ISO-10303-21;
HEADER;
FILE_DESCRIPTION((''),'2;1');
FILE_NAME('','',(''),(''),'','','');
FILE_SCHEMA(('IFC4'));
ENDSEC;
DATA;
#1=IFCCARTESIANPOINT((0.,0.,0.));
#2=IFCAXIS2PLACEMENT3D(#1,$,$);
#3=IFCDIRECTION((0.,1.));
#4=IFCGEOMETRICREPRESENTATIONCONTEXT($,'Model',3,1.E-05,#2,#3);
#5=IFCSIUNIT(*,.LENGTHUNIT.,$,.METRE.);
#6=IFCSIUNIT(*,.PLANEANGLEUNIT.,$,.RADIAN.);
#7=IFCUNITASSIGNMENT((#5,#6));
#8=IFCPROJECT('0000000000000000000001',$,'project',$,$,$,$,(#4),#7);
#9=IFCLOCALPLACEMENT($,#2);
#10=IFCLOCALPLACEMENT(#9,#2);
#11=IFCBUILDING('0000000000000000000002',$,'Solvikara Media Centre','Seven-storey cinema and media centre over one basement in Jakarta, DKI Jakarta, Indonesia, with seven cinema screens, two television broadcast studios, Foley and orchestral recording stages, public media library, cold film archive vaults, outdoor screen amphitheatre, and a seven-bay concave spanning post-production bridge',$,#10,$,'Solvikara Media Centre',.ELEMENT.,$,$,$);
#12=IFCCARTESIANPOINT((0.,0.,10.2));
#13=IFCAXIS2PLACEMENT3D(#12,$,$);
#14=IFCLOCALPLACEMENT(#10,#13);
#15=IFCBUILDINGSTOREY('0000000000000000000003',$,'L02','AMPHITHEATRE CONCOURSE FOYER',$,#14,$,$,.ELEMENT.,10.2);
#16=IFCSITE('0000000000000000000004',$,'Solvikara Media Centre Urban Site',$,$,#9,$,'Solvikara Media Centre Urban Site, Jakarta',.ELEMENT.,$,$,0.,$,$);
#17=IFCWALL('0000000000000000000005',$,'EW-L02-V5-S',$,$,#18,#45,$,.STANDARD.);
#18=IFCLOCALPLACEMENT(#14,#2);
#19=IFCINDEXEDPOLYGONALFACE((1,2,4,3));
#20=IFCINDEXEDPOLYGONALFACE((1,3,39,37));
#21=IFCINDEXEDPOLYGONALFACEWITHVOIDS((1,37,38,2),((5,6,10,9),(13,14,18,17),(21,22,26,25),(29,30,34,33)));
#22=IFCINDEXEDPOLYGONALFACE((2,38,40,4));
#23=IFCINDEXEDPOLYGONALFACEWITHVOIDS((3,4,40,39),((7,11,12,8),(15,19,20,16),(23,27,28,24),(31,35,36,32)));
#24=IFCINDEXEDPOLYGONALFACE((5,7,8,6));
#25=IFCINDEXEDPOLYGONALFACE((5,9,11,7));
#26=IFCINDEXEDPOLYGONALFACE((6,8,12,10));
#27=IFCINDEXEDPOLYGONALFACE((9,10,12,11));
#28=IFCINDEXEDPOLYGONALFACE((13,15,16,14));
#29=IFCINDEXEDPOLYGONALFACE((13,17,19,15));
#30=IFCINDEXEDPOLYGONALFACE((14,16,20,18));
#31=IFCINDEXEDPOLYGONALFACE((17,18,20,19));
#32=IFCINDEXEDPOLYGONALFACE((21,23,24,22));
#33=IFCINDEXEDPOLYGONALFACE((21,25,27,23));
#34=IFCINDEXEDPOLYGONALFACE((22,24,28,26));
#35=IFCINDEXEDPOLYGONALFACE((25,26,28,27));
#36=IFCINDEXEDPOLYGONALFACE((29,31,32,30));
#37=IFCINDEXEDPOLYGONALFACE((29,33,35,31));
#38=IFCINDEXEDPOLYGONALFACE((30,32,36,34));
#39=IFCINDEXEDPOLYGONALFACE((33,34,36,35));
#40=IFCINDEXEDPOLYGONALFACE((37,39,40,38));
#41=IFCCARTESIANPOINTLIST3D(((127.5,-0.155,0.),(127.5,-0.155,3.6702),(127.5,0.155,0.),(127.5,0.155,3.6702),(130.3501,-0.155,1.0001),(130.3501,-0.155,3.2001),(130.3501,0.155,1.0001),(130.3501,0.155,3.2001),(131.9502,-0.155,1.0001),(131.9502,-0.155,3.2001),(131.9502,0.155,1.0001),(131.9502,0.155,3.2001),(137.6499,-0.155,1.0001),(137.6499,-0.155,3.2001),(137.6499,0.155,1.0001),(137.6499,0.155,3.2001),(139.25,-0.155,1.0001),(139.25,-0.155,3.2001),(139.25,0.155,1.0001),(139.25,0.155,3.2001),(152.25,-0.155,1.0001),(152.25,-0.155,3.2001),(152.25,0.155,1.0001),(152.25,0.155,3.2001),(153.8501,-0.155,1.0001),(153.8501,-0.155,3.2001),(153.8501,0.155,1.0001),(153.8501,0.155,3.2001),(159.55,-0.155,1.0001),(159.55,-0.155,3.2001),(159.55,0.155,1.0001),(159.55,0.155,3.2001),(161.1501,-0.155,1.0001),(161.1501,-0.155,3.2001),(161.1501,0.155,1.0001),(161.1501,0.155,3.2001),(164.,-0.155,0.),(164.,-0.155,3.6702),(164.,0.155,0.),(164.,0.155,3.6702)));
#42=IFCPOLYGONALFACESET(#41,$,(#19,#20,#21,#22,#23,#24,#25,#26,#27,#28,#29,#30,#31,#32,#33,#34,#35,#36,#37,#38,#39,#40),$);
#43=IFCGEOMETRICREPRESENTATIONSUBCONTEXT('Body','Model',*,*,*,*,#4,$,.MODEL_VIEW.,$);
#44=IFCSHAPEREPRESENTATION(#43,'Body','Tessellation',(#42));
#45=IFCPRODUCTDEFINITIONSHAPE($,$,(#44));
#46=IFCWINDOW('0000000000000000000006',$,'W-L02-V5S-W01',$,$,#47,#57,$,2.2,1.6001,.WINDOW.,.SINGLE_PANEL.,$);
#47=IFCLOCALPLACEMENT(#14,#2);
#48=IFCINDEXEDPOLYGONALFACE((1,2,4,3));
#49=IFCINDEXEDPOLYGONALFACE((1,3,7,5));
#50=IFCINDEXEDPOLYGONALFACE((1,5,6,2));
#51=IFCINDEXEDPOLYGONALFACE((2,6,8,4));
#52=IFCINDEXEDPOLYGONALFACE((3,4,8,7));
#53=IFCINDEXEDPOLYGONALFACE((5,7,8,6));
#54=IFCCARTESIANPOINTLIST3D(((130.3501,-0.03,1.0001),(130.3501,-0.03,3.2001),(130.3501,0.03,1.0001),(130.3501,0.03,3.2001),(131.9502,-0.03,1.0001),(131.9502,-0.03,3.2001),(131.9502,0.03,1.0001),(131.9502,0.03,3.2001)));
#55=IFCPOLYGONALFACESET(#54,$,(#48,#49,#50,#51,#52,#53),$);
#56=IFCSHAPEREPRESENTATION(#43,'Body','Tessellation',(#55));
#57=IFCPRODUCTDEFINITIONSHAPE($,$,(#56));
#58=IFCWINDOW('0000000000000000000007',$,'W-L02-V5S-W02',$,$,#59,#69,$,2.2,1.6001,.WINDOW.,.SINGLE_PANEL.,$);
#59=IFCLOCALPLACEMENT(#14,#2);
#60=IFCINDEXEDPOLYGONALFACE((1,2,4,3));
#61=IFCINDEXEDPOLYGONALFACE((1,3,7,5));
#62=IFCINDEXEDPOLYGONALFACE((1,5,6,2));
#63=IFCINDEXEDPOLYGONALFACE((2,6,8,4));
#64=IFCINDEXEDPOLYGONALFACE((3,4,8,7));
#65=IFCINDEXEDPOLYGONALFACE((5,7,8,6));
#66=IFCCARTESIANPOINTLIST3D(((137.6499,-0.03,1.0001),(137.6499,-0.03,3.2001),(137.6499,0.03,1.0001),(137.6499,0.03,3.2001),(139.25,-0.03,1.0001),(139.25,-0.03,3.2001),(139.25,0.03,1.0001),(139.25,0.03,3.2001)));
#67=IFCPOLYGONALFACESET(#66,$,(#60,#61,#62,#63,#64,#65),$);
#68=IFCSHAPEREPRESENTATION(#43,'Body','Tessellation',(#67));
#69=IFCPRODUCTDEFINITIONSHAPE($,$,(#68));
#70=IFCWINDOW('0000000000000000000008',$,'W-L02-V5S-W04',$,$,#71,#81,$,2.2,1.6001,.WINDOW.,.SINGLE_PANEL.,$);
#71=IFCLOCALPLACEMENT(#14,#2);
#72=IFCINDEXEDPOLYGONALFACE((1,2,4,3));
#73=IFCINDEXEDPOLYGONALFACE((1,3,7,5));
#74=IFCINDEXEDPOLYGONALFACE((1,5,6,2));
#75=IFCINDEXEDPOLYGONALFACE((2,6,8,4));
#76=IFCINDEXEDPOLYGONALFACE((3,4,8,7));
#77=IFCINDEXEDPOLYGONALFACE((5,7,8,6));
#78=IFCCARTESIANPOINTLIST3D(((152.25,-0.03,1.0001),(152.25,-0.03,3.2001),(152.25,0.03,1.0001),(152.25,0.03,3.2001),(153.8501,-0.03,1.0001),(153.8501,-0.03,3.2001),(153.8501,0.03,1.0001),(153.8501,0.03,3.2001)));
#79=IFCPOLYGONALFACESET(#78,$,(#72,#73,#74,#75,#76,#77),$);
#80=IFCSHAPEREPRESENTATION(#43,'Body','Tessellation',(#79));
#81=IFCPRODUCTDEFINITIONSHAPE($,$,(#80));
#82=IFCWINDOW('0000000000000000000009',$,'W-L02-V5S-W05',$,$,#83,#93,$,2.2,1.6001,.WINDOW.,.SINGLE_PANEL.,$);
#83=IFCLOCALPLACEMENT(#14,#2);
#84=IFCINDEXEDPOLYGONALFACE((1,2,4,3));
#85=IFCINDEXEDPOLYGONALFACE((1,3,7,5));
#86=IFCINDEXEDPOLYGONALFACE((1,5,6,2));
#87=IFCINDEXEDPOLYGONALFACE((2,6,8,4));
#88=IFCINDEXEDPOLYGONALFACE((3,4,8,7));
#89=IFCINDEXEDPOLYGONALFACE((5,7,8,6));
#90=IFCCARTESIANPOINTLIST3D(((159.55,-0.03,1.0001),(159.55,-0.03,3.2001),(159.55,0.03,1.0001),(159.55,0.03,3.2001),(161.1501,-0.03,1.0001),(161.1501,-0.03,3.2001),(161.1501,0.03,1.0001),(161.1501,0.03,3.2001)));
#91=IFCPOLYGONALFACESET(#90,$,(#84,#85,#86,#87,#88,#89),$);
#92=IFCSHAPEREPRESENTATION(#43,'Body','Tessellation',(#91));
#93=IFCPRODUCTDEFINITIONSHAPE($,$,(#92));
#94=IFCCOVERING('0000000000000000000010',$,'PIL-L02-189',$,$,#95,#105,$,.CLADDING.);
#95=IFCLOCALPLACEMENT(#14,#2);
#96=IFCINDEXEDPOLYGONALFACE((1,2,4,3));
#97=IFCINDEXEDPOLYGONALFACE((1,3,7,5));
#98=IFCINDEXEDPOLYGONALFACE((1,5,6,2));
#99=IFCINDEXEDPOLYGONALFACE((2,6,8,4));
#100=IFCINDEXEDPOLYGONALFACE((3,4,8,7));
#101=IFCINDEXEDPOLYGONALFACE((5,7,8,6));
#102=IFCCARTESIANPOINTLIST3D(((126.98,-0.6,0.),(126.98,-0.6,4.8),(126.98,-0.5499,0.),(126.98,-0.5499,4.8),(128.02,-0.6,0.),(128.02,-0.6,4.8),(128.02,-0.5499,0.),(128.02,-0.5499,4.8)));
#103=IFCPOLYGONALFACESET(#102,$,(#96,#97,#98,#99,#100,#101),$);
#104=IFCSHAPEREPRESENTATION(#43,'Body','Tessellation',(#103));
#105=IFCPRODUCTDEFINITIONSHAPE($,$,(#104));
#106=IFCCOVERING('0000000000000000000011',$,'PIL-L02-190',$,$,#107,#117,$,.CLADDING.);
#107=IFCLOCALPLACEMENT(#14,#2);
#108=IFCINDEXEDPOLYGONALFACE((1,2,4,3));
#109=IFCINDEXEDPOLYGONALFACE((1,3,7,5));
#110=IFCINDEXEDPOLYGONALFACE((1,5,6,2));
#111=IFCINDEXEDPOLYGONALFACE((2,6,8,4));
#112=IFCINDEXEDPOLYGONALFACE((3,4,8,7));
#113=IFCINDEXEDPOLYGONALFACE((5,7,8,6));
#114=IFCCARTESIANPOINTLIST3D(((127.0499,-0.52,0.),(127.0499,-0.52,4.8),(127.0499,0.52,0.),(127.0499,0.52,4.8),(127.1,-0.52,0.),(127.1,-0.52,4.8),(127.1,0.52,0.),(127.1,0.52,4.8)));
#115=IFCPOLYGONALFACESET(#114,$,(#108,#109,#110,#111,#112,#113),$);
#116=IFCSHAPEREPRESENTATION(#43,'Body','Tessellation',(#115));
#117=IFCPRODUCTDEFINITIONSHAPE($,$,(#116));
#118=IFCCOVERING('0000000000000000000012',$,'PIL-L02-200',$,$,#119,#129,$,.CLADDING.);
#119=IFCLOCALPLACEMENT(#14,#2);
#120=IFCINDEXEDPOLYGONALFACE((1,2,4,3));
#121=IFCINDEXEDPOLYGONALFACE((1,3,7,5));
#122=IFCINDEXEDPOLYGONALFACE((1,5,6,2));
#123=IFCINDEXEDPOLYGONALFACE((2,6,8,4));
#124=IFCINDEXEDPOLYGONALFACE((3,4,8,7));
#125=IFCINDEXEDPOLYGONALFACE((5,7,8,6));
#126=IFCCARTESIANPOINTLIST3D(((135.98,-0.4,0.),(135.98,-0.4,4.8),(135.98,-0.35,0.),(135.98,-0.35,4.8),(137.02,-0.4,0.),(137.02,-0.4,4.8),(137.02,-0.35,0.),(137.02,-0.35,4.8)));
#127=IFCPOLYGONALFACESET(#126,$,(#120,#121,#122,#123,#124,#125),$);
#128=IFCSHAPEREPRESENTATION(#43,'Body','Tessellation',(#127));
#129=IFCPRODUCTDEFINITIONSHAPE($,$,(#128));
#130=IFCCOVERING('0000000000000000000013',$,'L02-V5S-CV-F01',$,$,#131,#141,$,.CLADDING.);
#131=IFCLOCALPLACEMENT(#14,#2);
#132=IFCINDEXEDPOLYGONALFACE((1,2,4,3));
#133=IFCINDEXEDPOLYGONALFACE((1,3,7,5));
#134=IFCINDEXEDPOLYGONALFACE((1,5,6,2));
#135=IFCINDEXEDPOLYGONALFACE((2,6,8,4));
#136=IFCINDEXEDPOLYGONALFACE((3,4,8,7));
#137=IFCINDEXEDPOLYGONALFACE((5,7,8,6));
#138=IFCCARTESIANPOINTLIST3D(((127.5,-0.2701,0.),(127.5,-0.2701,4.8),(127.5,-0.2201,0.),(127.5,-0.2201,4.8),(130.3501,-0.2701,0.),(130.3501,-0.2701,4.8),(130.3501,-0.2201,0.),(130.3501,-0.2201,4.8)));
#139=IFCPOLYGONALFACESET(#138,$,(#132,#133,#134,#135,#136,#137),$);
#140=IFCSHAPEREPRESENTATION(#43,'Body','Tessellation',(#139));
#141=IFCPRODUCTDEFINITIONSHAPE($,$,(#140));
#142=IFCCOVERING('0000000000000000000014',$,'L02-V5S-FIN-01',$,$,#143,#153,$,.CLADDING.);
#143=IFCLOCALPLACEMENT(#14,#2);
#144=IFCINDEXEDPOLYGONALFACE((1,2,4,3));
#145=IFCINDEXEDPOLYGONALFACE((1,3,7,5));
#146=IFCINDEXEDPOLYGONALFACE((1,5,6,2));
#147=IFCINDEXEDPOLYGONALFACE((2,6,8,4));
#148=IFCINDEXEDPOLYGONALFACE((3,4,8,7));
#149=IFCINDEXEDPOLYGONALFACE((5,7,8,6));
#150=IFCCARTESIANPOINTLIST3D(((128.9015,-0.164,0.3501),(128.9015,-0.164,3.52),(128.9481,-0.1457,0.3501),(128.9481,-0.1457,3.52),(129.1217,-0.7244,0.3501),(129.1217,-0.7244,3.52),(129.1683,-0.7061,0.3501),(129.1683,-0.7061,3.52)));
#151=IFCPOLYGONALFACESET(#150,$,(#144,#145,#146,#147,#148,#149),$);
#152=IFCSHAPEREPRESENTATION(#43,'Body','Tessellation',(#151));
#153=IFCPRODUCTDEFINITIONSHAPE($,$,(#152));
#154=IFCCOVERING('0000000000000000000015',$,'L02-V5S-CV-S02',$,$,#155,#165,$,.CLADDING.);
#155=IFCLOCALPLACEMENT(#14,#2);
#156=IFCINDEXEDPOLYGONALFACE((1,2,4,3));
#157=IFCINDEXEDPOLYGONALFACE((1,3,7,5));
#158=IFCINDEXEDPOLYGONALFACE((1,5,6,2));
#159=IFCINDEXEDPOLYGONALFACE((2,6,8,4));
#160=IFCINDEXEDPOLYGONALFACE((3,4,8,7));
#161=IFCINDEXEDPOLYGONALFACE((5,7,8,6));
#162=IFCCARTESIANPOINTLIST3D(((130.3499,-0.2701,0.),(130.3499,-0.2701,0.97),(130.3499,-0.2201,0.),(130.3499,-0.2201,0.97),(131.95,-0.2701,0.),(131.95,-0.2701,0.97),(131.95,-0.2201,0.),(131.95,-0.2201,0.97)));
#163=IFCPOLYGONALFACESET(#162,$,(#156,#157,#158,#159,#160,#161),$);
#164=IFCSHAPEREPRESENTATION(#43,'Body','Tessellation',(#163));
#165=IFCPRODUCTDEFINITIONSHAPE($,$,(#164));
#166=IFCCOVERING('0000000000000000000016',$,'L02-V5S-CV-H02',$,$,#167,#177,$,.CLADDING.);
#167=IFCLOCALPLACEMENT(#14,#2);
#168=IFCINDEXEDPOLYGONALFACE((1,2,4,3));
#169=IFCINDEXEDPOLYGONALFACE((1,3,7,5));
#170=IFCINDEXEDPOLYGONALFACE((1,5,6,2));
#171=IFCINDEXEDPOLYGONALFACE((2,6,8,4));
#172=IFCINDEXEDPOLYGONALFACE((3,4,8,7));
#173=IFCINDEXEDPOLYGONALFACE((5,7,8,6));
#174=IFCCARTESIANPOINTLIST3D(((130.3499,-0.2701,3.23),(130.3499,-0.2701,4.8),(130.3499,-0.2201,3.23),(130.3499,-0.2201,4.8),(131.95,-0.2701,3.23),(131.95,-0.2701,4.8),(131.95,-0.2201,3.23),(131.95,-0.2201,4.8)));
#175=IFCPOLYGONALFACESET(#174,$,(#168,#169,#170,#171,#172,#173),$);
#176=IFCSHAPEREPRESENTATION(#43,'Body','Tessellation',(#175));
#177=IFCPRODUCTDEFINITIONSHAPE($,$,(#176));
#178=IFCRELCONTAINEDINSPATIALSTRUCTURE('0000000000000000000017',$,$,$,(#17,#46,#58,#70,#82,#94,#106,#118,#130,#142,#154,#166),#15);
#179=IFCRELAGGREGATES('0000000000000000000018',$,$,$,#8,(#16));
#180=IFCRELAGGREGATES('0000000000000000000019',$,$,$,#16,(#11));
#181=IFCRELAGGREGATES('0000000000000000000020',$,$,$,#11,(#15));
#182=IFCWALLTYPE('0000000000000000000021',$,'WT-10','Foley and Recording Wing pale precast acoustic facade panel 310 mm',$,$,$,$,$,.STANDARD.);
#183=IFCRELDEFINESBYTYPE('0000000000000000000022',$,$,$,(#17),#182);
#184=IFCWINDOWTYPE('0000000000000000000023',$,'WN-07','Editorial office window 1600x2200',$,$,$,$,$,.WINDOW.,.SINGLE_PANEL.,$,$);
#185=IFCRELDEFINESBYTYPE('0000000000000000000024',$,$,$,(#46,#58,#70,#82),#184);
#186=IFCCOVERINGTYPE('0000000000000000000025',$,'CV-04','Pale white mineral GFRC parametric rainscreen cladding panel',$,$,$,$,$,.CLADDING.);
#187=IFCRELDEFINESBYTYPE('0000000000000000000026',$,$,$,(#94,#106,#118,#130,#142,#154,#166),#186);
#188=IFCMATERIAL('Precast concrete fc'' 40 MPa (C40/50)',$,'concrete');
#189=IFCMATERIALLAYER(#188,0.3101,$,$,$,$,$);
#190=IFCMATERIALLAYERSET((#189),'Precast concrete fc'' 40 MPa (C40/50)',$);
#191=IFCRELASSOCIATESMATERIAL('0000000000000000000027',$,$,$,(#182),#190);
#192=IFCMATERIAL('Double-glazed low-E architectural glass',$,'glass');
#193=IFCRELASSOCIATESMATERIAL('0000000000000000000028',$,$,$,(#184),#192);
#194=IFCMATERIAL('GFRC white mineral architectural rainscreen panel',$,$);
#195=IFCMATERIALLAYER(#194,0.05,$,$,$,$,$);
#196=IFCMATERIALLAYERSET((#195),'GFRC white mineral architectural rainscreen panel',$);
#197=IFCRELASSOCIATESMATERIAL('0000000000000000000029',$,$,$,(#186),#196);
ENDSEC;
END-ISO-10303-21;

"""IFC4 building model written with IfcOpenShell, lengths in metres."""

from ifc_helpers import new_model, si_unit, direction, frame, frame_2d, origin, origin_2d, place, context, subcontext, project, spatial, rectangle, extrude, material, layer, layer_set, type_object, element, fill, save


model = new_model("IFC4")

# Units and contexts
model_context = context("Model", 3, precision=1e-05, world=origin(), true_north=direction((0.0, 1.0)))
body_context = subcontext(model_context, "Body", "Model", "MODEL_VIEW")
ifc_project = project(units=[si_unit("LENGTHUNIT", "METRE"), si_unit("PLANEANGLEUNIT", "RADIAN")], contexts=[model_context])

# Site, building, storey
site_placement = place(None, origin())
site = spatial("IfcSite", under=ifc_project, at=site_placement, Name="Solvikara Media Centre Urban Site", LongName="Solvikara Media Centre Urban Site, Jakarta", CompositionType="ELEMENT", RefElevation=0.0)
building_placement = place(site_placement, origin())
building = spatial("IfcBuilding", under=site, at=building_placement, Name="Solvikara Media Centre", Description="Seven-storey cinema and media centre over one basement in Jakarta, DKI Jakarta, Indonesia, with seven cinema screens, two television broadcast studios, Foley and orchestral recording stages, public media library, cold film archive vaults, outdoor screen amphitheatre, and a seven-bay concave spanning post-production bridge", LongName="Solvikara Media Centre", CompositionType="ELEMENT")
storey_placement = place(building_placement, frame((0.0, 0.0, 10.2)))
storey = spatial("IfcBuildingStorey", under=building, at=storey_placement, Name="L02", Description="AMPHITHEATRE CONCOURSE FOYER", CompositionType="ELEMENT", Elevation=10.2)

# Wall, openings, windows
ifc_material_1 = material(Name="Precast concrete fc' 40 MPa (C40/50)", Category="concrete")
ifc_layer_1 = layer(ifc_material_1, 0.3101)
ifc_layer_set_1 = layer_set([ifc_layer_1], Name="Precast concrete fc' 40 MPa (C40/50)")
wall_type = type_object("IfcWallType", Name="WT-10", Description="Foley and Recording Wing pale precast acoustic facade panel 310 mm", PredefinedType="STANDARD", material=ifc_layer_set_1)
wall_placement = place(storey_placement, frame((127.5, 0.0, 0.0), z_axis=(0.0, 0.0, 1.0), x_axis=(1.0, 0.0, 0.0)))
wall = element("IfcWall", 1, at=wall_placement, inside=storey, type_object=wall_type, Name="EW-L02-V5-S", PredefinedType="STANDARD", context=body_context, shape_type="SweptSolid", body=[
    extrude(rectangle(XDim=36.5, YDim=0.3101, at=frame_2d((18.25, 0.0))), origin(), (0.0, 0.0, 1.0), 3.6702),
])
opening_1_placement = place(wall_placement, frame((2.8501, 0.0, 1.0)))
opening_1 = element("IfcOpeningElement", 2, at=opening_1_placement, cuts=wall, PredefinedType="OPENING", context=body_context, shape_type="SweptSolid", body=[
    extrude(rectangle(XDim=1.6001, YDim=2.2, at=frame_2d((0.8, 1.1001))), frame((0.0, 0.167, 0.0), z_axis=(0.0, -1.0, 0.0), x_axis=(1.0, 0.0, 0.0)), (0.0, 0.0, 1.0), 0.334),
])
opening_2_placement = place(wall_placement, frame((10.1499, 0.0, 1.0)))
opening_2 = element("IfcOpeningElement", 3, at=opening_2_placement, cuts=wall, PredefinedType="OPENING", context=body_context, shape_type="SweptSolid", body=[
    extrude(rectangle(XDim=1.6001, YDim=2.2, at=frame_2d((0.8, 1.1001))), frame((0.0, 0.167, 0.0), z_axis=(0.0, -1.0, 0.0), x_axis=(1.0, 0.0, 0.0)), (0.0, 0.0, 1.0), 0.334),
])
opening_3_placement = place(wall_placement, frame((24.75, 0.0, 1.0)))
opening_3 = element("IfcOpeningElement", 4, at=opening_3_placement, cuts=wall, PredefinedType="OPENING", context=body_context, shape_type="SweptSolid", body=[
    extrude(rectangle(XDim=1.6001, YDim=2.2, at=frame_2d((0.8, 1.1001))), frame((0.0, 0.167, 0.0), z_axis=(0.0, -1.0, 0.0), x_axis=(1.0, 0.0, 0.0)), (0.0, 0.0, 1.0), 0.334),
])
opening_4_placement = place(wall_placement, frame((32.05, 0.0, 1.0)))
opening_4 = element("IfcOpeningElement", 5, at=opening_4_placement, cuts=wall, PredefinedType="OPENING", context=body_context, shape_type="SweptSolid", body=[
    extrude(rectangle(XDim=1.6001, YDim=2.2, at=frame_2d((0.8, 1.1001))), frame((0.0, 0.167, 0.0), z_axis=(0.0, -1.0, 0.0), x_axis=(1.0, 0.0, 0.0)), (0.0, 0.0, 1.0), 0.334),
])
ifc_material_2 = material(Name="Double-glazed low-E architectural glass", Category="glass")
window_type = type_object("IfcWindowType", Name="WN-07", Description="Editorial office window 1600x2200", PartitioningType="SINGLE_PANEL", PredefinedType="WINDOW", material=ifc_material_2)
window_1_placement = place(opening_1_placement, origin())
window_1 = element("IfcWindow", 6, at=window_1_placement, inside=storey, type_object=window_type, Name="W-L02-V5S-W01", OverallHeight=2.2, OverallWidth=1.6001, PartitioningType="SINGLE_PANEL", PredefinedType="WINDOW", context=body_context, shape_type="SweptSolid", body=[
    extrude(rectangle(XDim=1.6001, YDim=2.2, at=frame_2d((0.8, 1.1001))), frame((0.0, 0.03, 0.0), z_axis=(0.0, -1.0, 0.0), x_axis=(1.0, 0.0, 0.0)), (0.0, 0.0, 1.0), 0.0601),
])
fill(opening_1, window_1)
window_2_placement = place(opening_2_placement, origin())
window_2 = element("IfcWindow", 7, at=window_2_placement, inside=storey, type_object=window_type, Name="W-L02-V5S-W02", OverallHeight=2.2, OverallWidth=1.6001, PartitioningType="SINGLE_PANEL", PredefinedType="WINDOW", context=body_context, shape_type="SweptSolid", body=[
    extrude(rectangle(XDim=1.6001, YDim=2.2, at=frame_2d((0.8, 1.1001))), frame((0.0, 0.03, 0.0), z_axis=(0.0, -1.0, 0.0), x_axis=(1.0, 0.0, 0.0)), (0.0, 0.0, 1.0), 0.0601),
])
fill(opening_2, window_2)
window_3_placement = place(opening_3_placement, origin())
window_3 = element("IfcWindow", 8, at=window_3_placement, inside=storey, type_object=window_type, Name="W-L02-V5S-W04", OverallHeight=2.2, OverallWidth=1.6001, PartitioningType="SINGLE_PANEL", PredefinedType="WINDOW", context=body_context, shape_type="SweptSolid", body=[
    extrude(rectangle(XDim=1.6001, YDim=2.2, at=frame_2d((0.8, 1.1001))), frame((0.0, 0.03, 0.0), z_axis=(0.0, -1.0, 0.0), x_axis=(1.0, 0.0, 0.0)), (0.0, 0.0, 1.0), 0.0601),
])
fill(opening_3, window_3)
window_4_placement = place(opening_4_placement, origin())
window_4 = element("IfcWindow", 9, at=window_4_placement, inside=storey, type_object=window_type, Name="W-L02-V5S-W05", OverallHeight=2.2, OverallWidth=1.6001, PartitioningType="SINGLE_PANEL", PredefinedType="WINDOW", context=body_context, shape_type="SweptSolid", body=[
    extrude(rectangle(XDim=1.6001, YDim=2.2, at=frame_2d((0.8, 1.1001))), frame((0.0, 0.03, 0.0), z_axis=(0.0, -1.0, 0.0), x_axis=(1.0, 0.0, 0.0)), (0.0, 0.0, 1.0), 0.0601),
])
fill(opening_4, window_4)

# Coverings
ifc_material_3 = material(Name="GFRC white mineral architectural rainscreen panel")
ifc_layer_2 = layer(ifc_material_3, 0.05)
ifc_layer_set_2 = layer_set([ifc_layer_2], Name="GFRC white mineral architectural rainscreen panel")
covering_type = type_object("IfcCoveringType", Name="CV-04", Description="Pale white mineral GFRC parametric rainscreen cladding panel", PredefinedType="CLADDING", material=ifc_layer_set_2)
for number, where, z_axis, x_axis, name in (
    (10, (127.5, -0.575, 0.0), (0.0, 0.0, 1.0), (1.0, 0.0, 0.0), "PIL-L02-189"),
    (11, (127.075, 0.0, 0.0), (0.0, 0.0, 1.0), (0.0, -1.0, 0.0), "PIL-L02-190"),
    (12, (136.5, -0.375, 0.0), (0.0, 0.0, 1.0), (1.0, 0.0, 0.0), "PIL-L02-200"),
):
    element("IfcCovering", number, at=place(storey_placement, frame(where, z_axis=z_axis, x_axis=x_axis)), inside=storey, type_object=covering_type, Name=name, PredefinedType="CLADDING", context=body_context, shape_type="SweptSolid", body=[
        extrude(rectangle(XDim=1.04, YDim=0.05, at=origin_2d()), origin(), (0.0, 0.0, 1.0), 4.8),
    ])
covering_1_placement = place(storey_placement, frame((128.925, -0.2451, 0.0), z_axis=(0.0, 0.0, 1.0), x_axis=(1.0, 0.0, 0.0)))
element("IfcCovering", 13, at=covering_1_placement, inside=storey, type_object=covering_type, Name="L02-V5S-CV-F01", PredefinedType="CLADDING", context=body_context, shape_type="SweptSolid", body=[
    extrude(rectangle(XDim=2.8501, YDim=0.05, at=origin_2d()), origin(), (0.0, 0.0, 1.0), 4.8),
])
covering_2_placement = place(storey_placement, frame((129.0349, -0.4351, 0.3501), z_axis=(0.0, 0.0, 1.0), x_axis=(0.365657, -0.93075, 0.0)))
element("IfcCovering", 14, at=covering_2_placement, inside=storey, type_object=covering_type, Name="L02-V5S-FIN-01", PredefinedType="CLADDING", context=body_context, shape_type="SweptSolid", body=[
    extrude(rectangle(XDim=0.6021, YDim=0.05, at=origin_2d()), origin(), (0.0, 0.0, 1.0), 3.1699),
])
covering_3_placement = place(storey_placement, frame((131.1499, -0.2451, 0.0), z_axis=(0.0, 0.0, 1.0), x_axis=(1.0, 0.0, 0.0)))
element("IfcCovering", 15, at=covering_3_placement, inside=storey, type_object=covering_type, Name="L02-V5S-CV-S02", PredefinedType="CLADDING", context=body_context, shape_type="SweptSolid", body=[
    extrude(rectangle(XDim=1.6001, YDim=0.05, at=origin_2d()), origin(), (0.0, 0.0, 1.0), 0.97),
])
covering_4_placement = place(storey_placement, frame((131.1499, -0.2451, 3.23), z_axis=(0.0, 0.0, 1.0), x_axis=(1.0, 0.0, 0.0)))
element("IfcCovering", 16, at=covering_4_placement, inside=storey, type_object=covering_type, Name="L02-V5S-CV-H02", PredefinedType="CLADDING", context=body_context, shape_type="SweptSolid", body=[
    extrude(rectangle(XDim=1.6001, YDim=0.05, at=origin_2d()), origin(), (0.0, 0.0, 1.0), 1.5701),
])

save(model, "model.ifc")
